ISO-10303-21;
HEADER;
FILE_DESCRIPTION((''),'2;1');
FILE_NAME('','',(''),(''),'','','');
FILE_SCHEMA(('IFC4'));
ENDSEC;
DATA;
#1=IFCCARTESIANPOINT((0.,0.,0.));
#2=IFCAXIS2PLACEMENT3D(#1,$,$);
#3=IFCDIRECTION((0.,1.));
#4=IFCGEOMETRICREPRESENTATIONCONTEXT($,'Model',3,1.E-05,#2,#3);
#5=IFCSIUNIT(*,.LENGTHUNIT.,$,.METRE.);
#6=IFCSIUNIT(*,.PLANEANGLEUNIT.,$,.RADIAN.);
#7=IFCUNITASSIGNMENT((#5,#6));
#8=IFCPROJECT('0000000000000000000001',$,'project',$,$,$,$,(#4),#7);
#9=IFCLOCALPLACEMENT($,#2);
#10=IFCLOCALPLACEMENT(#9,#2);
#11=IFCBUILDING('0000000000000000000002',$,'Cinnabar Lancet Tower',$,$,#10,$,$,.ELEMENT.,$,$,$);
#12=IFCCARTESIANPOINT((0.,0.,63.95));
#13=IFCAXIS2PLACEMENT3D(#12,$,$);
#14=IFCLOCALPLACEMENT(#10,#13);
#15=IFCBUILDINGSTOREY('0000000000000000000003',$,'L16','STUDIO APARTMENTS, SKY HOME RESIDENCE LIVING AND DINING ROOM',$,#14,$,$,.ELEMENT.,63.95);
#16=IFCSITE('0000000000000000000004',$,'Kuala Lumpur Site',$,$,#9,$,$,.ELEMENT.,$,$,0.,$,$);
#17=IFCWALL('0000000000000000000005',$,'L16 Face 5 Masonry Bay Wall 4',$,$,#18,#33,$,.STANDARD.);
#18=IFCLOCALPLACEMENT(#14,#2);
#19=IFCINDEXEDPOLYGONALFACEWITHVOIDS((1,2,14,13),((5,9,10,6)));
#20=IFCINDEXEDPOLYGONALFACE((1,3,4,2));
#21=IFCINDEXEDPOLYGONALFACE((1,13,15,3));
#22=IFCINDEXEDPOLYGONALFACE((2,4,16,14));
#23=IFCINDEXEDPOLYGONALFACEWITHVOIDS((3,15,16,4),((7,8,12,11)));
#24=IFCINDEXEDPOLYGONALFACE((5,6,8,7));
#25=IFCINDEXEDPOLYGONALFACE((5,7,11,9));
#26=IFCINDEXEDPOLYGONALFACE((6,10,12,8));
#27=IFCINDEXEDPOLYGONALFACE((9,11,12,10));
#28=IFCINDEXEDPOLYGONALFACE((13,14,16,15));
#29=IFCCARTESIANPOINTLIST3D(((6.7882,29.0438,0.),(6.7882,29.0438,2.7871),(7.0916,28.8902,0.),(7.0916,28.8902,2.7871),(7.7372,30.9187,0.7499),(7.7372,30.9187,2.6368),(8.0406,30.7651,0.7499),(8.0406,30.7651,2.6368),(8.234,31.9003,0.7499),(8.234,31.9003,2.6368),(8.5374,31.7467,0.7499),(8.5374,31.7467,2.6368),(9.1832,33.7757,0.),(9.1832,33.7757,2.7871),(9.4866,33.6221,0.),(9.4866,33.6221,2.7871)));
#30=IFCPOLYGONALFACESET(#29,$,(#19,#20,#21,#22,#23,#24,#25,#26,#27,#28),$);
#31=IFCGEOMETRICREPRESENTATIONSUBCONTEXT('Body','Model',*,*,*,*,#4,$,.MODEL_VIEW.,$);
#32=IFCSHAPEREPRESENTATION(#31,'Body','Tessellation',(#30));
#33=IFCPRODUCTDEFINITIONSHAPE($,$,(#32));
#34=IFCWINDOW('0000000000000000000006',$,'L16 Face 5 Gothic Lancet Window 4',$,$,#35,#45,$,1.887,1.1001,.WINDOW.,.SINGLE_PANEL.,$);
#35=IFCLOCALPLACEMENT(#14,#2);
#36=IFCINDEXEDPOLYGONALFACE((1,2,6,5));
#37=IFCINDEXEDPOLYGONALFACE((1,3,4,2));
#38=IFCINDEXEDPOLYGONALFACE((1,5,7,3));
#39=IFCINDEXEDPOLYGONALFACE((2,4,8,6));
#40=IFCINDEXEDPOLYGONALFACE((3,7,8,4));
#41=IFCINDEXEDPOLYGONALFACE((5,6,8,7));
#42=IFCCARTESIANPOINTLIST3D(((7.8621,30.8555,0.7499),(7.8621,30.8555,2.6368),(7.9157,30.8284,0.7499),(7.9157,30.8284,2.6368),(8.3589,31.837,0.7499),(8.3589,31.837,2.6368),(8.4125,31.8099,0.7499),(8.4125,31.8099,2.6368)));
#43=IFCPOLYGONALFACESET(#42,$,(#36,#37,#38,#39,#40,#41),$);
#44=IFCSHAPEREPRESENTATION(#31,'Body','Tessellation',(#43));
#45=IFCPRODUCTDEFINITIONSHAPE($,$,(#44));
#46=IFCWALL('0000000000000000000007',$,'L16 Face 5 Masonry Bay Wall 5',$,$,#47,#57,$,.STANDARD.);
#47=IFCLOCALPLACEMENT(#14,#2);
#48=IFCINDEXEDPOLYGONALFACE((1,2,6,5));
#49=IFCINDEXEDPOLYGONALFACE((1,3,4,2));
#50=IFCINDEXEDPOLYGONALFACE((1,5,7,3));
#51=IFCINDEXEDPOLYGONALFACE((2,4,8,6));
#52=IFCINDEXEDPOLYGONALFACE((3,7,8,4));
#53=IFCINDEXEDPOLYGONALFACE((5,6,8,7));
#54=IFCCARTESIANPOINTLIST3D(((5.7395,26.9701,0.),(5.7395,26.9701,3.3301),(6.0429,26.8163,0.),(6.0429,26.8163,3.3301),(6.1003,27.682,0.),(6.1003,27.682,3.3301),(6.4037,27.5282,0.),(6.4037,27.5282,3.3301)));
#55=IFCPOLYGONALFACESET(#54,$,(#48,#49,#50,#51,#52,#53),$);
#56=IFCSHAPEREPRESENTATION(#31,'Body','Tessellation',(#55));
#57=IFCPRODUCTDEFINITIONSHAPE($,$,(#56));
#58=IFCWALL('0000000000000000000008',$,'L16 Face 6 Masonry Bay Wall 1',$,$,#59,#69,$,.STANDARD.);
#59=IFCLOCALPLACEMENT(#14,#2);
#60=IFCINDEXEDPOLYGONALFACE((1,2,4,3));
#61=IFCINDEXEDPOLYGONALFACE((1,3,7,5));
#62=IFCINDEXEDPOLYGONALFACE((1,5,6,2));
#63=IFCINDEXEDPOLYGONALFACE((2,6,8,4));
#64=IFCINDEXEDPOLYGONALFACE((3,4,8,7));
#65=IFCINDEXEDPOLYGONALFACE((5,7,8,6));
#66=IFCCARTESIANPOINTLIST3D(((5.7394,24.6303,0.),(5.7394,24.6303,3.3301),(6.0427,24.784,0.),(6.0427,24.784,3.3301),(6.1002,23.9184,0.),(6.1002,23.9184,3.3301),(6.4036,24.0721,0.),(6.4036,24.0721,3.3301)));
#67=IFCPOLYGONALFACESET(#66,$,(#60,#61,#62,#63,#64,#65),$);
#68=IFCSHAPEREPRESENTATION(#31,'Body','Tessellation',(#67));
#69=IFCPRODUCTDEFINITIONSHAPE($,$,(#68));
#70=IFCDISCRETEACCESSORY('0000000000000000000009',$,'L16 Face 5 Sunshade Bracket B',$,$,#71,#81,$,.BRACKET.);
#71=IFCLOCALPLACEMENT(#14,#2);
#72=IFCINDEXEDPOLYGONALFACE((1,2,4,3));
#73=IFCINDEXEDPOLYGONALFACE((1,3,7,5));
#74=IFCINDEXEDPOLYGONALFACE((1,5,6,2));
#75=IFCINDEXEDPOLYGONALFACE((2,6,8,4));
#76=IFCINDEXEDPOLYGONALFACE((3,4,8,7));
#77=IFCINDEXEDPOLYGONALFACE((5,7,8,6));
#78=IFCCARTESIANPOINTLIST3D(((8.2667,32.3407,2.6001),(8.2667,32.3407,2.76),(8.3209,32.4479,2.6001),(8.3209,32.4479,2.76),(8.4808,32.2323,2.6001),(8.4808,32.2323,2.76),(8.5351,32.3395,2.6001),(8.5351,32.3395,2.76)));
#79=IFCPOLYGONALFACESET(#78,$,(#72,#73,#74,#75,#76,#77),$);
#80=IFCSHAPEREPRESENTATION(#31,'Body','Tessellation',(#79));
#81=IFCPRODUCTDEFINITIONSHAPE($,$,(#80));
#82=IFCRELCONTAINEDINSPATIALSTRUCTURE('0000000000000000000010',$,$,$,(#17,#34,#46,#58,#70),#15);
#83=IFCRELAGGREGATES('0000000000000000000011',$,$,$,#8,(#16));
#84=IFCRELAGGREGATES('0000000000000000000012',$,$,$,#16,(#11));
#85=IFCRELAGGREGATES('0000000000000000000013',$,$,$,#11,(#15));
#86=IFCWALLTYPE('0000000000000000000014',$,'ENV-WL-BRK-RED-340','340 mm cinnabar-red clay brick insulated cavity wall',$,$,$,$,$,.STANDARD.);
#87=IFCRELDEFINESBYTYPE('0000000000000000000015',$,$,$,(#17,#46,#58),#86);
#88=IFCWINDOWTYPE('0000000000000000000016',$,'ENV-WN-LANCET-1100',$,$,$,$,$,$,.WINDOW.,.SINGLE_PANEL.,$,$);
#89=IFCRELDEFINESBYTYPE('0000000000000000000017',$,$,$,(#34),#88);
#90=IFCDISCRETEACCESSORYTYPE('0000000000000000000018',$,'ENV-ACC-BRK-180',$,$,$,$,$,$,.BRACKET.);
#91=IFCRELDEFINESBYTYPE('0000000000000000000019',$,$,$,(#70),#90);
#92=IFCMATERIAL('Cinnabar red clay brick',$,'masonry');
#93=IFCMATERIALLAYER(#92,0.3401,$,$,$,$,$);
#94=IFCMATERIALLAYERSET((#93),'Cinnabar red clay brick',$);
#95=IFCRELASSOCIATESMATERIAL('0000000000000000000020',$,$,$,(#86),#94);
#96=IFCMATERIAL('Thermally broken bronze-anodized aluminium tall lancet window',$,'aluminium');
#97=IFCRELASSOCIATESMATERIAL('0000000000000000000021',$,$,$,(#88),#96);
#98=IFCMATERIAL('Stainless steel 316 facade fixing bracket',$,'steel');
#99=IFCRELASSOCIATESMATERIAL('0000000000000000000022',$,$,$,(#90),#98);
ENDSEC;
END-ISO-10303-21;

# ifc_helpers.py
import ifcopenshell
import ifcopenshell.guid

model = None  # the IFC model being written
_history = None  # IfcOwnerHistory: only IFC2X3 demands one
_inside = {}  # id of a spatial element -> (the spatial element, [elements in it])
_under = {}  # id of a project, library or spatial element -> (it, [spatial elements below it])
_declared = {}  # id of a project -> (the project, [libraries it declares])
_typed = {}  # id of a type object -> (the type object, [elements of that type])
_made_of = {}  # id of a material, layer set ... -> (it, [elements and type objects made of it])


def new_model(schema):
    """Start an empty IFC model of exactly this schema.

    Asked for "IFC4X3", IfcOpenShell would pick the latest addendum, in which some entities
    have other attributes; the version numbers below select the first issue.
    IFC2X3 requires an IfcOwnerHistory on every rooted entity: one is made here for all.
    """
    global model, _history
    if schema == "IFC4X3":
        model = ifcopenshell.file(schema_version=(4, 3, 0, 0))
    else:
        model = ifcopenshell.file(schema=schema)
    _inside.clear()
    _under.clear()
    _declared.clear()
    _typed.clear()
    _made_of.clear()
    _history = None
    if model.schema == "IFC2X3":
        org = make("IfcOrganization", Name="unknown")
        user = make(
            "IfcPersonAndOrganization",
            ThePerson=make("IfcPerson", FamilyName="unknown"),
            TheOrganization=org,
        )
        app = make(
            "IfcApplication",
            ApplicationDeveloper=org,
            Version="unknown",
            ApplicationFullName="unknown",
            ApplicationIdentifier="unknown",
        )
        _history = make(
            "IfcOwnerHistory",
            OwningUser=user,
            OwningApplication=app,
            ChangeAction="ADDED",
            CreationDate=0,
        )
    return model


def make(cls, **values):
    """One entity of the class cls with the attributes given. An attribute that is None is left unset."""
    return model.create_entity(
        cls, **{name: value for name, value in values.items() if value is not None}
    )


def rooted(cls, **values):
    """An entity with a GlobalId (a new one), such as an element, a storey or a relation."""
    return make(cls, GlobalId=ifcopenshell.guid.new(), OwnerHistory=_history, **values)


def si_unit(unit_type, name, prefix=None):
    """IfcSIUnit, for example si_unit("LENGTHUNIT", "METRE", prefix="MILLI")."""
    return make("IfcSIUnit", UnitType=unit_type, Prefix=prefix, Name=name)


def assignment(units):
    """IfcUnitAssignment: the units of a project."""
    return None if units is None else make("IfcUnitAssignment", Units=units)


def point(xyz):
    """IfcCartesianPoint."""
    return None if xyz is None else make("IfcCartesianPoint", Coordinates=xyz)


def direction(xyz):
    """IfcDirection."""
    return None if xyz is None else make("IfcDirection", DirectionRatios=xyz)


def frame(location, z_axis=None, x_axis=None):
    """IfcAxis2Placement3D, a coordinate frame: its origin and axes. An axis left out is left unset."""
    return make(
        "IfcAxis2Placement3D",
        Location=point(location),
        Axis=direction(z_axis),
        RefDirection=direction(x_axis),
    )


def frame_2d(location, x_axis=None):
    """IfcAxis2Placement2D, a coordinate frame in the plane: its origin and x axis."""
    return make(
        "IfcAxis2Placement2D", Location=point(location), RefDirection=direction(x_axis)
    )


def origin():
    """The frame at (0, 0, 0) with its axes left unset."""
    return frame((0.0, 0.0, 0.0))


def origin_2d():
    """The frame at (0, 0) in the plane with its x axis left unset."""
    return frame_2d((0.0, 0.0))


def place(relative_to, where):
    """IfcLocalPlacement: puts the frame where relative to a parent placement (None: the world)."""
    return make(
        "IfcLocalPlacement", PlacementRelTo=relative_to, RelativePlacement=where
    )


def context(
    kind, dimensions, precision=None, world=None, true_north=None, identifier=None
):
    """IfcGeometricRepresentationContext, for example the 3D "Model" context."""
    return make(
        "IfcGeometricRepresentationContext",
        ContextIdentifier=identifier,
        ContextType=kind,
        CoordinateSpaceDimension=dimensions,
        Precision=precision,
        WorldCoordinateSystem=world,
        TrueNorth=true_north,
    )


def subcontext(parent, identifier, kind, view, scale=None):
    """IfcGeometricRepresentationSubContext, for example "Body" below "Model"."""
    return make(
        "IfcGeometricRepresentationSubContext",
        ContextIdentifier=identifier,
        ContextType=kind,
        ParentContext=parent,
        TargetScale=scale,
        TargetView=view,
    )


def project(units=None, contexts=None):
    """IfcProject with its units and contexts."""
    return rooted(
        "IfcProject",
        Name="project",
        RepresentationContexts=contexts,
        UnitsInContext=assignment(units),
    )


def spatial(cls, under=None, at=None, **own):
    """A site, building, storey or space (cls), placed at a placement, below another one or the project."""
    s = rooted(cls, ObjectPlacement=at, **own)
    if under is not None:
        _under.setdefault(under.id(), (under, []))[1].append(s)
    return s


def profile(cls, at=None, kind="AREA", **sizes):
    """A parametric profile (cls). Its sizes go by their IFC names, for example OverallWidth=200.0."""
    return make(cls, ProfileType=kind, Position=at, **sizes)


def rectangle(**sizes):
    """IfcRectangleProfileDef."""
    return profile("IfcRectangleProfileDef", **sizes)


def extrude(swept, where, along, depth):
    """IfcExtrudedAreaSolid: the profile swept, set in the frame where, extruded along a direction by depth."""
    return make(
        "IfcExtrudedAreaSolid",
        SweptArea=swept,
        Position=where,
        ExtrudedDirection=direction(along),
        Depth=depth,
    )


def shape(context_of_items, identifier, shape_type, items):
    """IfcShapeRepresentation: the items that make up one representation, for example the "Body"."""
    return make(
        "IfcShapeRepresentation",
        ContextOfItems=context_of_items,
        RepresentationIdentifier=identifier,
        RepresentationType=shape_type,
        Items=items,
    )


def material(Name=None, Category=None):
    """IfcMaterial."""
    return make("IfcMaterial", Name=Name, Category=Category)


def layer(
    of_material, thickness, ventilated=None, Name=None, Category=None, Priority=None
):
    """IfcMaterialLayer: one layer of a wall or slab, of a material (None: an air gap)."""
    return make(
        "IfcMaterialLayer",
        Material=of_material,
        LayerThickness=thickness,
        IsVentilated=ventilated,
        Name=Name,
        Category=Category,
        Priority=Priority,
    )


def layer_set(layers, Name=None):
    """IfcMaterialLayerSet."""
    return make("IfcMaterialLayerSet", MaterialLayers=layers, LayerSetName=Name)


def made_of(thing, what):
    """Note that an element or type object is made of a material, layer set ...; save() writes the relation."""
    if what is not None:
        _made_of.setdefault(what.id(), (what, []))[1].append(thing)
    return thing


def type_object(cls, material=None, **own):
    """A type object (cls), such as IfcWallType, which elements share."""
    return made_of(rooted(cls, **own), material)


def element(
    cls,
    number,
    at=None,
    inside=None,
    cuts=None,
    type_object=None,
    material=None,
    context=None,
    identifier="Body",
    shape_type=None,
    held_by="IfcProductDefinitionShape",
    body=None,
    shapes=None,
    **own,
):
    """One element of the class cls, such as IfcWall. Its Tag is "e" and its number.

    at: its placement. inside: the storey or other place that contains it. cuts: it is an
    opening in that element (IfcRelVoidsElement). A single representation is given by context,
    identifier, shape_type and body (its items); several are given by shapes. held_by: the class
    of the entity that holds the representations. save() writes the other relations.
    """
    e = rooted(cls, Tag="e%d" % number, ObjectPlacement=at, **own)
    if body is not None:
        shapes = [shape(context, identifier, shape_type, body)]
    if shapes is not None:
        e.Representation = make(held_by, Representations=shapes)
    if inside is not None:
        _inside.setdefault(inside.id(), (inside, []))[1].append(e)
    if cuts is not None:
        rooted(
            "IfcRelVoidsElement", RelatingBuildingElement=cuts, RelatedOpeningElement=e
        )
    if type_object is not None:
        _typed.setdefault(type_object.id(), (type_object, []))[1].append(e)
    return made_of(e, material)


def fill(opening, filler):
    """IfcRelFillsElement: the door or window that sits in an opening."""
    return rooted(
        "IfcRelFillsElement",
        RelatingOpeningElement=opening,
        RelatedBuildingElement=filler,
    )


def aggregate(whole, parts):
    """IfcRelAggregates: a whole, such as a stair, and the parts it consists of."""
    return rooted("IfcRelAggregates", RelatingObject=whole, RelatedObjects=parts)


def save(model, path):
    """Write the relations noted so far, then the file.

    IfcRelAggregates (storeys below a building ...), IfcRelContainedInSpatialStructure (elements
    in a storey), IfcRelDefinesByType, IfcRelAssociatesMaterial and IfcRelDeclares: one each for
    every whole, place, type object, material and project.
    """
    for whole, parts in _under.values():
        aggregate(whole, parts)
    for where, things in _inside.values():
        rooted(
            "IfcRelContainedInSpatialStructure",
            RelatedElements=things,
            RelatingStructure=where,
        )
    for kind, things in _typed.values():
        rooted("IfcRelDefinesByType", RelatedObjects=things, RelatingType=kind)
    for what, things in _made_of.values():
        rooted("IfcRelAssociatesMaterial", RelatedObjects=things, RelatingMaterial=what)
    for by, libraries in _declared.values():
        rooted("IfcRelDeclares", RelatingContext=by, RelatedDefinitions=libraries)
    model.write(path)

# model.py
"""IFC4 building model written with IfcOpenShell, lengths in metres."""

from ifc_helpers import new_model, si_unit, direction, frame, frame_2d, origin, origin_2d, place, context, subcontext, project, spatial, rectangle, extrude, material, layer, layer_set, type_object, element, fill, save


model = new_model("IFC4")

# Units and contexts
model_context = context("Model", 3, precision=1e-05, world=origin(), true_north=direction((0.0, 1.0)))
body_context = subcontext(model_context, "Body", "Model", "MODEL_VIEW")
ifc_project = project(units=[si_unit("LENGTHUNIT", "METRE"), si_unit("PLANEANGLEUNIT", "RADIAN")], contexts=[model_context])

# Site, building, storey
site_placement = place(None, origin())
site = spatial("IfcSite", under=ifc_project, at=site_placement, Name="Kuala Lumpur Site", CompositionType="ELEMENT", RefElevation=0.0)
building_placement = place(site_placement, origin())
building = spatial("IfcBuilding", under=site, at=building_placement, Name="Cinnabar Lancet Tower", CompositionType="ELEMENT")
storey_placement = place(building_placement, frame((0.0, 0.0, 63.95)))
storey = spatial("IfcBuildingStorey", under=building, at=storey_placement, Name="L16", Description="STUDIO APARTMENTS, SKY HOME RESIDENCE LIVING AND DINING ROOM", CompositionType="ELEMENT", Elevation=63.95)

# Shared definitions
ifc_material_1 = material(Name="Cinnabar red clay brick", Category="masonry")
ifc_layer_1 = layer(ifc_material_1, 0.3401)
ifc_layer_set_1 = layer_set([ifc_layer_1], Name="Cinnabar red clay brick")
wall_type_1 = type_object("IfcWallType", Name="ENV-WL-BRK-RED-340", Description="340 mm cinnabar-red clay brick insulated cavity wall", PredefinedType="STANDARD", material=ifc_layer_set_1)

# Wall, opening, window
wall_1_placement = place(storey_placement, frame((9.335, 33.699, 0.0), z_axis=(0.0, 0.0, 1.0), x_axis=(-0.451591, -0.892225, 0.0)))
wall_1 = element("IfcWall", 1, at=wall_1_placement, inside=storey, type_object=wall_type_1, Name="L16 Face 5 Masonry Bay Wall 4", PredefinedType="STANDARD", context=body_context, shape_type="SweptSolid", body=[
    extrude(rectangle(XDim=5.3035, YDim=0.3401, at=frame_2d((2.6519, 0.0))), origin(), (0.0, 0.0, 1.0), 2.7871),
])
opening_placement = place(wall_1_placement, frame((2.1021, 0.0, 0.75)))
opening = element("IfcOpeningElement", 2, at=opening_placement, cuts=wall_1, PredefinedType="OPENING", context=body_context, shape_type="SweptSolid", body=[
    extrude(rectangle(XDim=1.1001, YDim=1.887, at=frame_2d((0.55, 0.9434))), frame((0.0, 0.1799, 0.0), z_axis=(0.0, -1.0, 0.0), x_axis=(1.0, 0.0, 0.0)), (0.0, 0.0, 1.0), 0.3601),
])
ifc_material_2 = material(Name="Thermally broken bronze-anodized aluminium tall lancet window", Category="aluminium")
window_type = type_object("IfcWindowType", Name="ENV-WN-LANCET-1100", PartitioningType="SINGLE_PANEL", PredefinedType="WINDOW", material=ifc_material_2)
window_placement = place(opening_placement, origin())
window = element("IfcWindow", 3, at=window_placement, inside=storey, type_object=window_type, Name="L16 Face 5 Gothic Lancet Window 4", OverallHeight=1.887, OverallWidth=1.1001, PartitioningType="SINGLE_PANEL", PredefinedType="WINDOW", context=body_context, shape_type="SweptSolid", body=[
    extrude(rectangle(XDim=1.1001, YDim=1.887, at=frame_2d((0.55, 0.9434))), frame((0.0, 0.03, 0.0), z_axis=(0.0, -1.0, 0.0), x_axis=(1.0, 0.0, 0.0)), (0.0, 0.0, 1.0), 0.0601),
])
fill(opening, window)

# Walls
for number, where, z_axis, x_axis, name in (
    (4, (6.252, 27.605, 0.0), (0.0, 0.0, 1.0), (-0.452101, -0.891967, 0.0), "L16 Face 5 Masonry Bay Wall 5"),
    (5, (5.8911, 24.707, 0.0), (0.0, 0.0, 1.0), (0.452101, -0.891967, 0.0), "L16 Face 6 Masonry Bay Wall 1"),
):
    element("IfcWall", number, at=place(storey_placement, frame(where, z_axis=z_axis, x_axis=x_axis)), inside=storey, type_object=wall_type_1, Name=name, PredefinedType="STANDARD", context=body_context, shape_type="SweptSolid", body=[
        extrude(rectangle(XDim=0.7981, YDim=0.3401, at=frame_2d((0.3989, 0.0))), origin(), (0.0, 0.0, 1.0), 3.3301),
    ])

# Discrete accessory
ifc_material_3 = material(Name="Stainless steel 316 facade fixing bracket", Category="steel")
discrete_accessory_type = type_object("IfcDiscreteAccessoryType", Name="ENV-ACC-BRK-180", PredefinedType="BRACKET", material=ifc_material_3)
discrete_accessory_placement = place(storey_placement, frame((8.4009, 32.3401, 2.6001), z_axis=(0.0, 0.0, 1.0), x_axis=(-0.451501, -0.892271, 0.0)))
element("IfcDiscreteAccessory", 6, at=discrete_accessory_placement, inside=storey, type_object=discrete_accessory_type, Name="L16 Face 5 Sunshade Bracket B", PredefinedType="BRACKET", context=body_context, shape_type="SweptSolid", body=[
    extrude(rectangle(XDim=0.1201, YDim=0.24, at=origin_2d()), origin(), (0.0, 0.0, 1.0), 0.1599),
])

save(model, "model.ifc")
